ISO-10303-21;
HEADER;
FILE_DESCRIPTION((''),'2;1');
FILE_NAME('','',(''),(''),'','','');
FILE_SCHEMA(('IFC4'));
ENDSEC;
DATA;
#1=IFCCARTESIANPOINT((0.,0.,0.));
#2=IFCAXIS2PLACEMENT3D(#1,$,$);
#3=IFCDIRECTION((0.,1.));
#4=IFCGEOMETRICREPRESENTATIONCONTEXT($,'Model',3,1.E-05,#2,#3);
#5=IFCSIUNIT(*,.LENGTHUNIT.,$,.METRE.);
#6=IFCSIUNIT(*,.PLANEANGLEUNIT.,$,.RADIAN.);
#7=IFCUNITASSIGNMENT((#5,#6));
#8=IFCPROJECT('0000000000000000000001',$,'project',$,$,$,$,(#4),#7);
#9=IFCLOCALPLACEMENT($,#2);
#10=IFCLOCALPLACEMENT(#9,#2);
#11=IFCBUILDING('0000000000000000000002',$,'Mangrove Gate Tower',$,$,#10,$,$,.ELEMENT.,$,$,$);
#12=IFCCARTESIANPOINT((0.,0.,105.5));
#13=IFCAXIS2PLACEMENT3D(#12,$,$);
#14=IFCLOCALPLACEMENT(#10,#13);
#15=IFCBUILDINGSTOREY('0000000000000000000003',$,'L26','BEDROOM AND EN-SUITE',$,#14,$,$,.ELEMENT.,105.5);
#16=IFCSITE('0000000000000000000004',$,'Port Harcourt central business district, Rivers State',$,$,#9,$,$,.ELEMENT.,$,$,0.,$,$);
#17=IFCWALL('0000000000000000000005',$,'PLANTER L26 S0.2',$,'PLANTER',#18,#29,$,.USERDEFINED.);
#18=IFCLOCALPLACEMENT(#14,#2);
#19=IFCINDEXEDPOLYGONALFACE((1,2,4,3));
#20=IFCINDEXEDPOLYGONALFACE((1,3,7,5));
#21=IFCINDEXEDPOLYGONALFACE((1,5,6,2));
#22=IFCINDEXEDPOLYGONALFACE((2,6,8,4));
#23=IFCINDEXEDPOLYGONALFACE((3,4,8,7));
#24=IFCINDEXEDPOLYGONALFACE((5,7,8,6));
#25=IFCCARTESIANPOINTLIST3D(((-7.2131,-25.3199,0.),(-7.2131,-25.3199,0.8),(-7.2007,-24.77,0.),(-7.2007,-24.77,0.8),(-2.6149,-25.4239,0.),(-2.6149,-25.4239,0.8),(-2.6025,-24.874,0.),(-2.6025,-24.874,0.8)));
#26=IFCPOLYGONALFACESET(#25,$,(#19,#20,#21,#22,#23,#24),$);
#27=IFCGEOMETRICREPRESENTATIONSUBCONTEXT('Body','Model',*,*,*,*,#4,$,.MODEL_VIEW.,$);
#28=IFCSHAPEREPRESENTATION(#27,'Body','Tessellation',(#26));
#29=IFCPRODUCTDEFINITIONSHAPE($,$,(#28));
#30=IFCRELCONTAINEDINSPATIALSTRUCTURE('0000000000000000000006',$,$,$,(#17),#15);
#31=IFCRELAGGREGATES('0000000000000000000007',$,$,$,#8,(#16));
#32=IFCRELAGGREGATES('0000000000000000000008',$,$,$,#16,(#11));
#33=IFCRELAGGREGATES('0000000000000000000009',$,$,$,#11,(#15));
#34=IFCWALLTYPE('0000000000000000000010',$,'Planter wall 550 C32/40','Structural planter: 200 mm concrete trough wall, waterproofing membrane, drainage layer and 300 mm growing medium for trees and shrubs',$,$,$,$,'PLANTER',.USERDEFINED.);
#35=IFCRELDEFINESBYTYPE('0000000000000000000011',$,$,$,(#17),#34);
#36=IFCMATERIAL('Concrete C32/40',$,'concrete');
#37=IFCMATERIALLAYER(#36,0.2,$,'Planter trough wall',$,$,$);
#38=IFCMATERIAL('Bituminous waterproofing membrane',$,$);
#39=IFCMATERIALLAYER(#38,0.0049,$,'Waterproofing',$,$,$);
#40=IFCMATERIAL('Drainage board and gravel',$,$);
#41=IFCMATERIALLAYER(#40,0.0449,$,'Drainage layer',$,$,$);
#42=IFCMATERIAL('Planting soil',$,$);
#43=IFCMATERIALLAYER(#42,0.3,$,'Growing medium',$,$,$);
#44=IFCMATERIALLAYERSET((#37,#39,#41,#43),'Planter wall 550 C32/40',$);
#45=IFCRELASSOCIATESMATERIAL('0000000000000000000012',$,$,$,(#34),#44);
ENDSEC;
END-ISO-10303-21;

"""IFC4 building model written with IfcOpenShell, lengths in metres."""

from ifc_helpers import new_model, si_unit, direction, frame, frame_2d, origin, place, context, subcontext, project, spatial, rectangle, extrude, material, layer, layer_set, type_object, element, save


model = new_model("IFC4")

# Units and contexts
model_context = context("Model", 3, precision=1e-05, world=origin(), true_north=direction((0.0, 1.0)))
body_context = subcontext(model_context, "Body", "Model", "MODEL_VIEW")
ifc_project = project(units=[si_unit("LENGTHUNIT", "METRE"), si_unit("PLANEANGLEUNIT", "RADIAN")], contexts=[model_context])

# Site, building, storey
site_placement = place(None, origin())
site = spatial("IfcSite", under=ifc_project, at=site_placement, Name="Port Harcourt central business district, Rivers State", CompositionType="ELEMENT", RefElevation=0.0)
building_placement = place(site_placement, origin())
building = spatial("IfcBuilding", under=site, at=building_placement, Name="Mangrove Gate Tower", CompositionType="ELEMENT")
storey_placement = place(building_placement, frame((0.0, 0.0, 105.5)))
storey = spatial("IfcBuildingStorey", under=building, at=storey_placement, Name="L26", Description="BEDROOM AND EN-SUITE", CompositionType="ELEMENT", Elevation=105.5)

# Wall
ifc_material_1 = material(Name="Concrete C32/40", Category="concrete")
ifc_layer_1 = layer(ifc_material_1, 0.2, Name="Planter trough wall")
ifc_material_2 = material(Name="Bituminous waterproofing membrane")
ifc_layer_2 = layer(ifc_material_2, 0.0049, Name="Waterproofing")
ifc_material_3 = material(Name="Drainage board and gravel")
ifc_layer_3 = layer(ifc_material_3, 0.0449, Name="Drainage layer")
ifc_material_4 = material(Name="Planting soil")
ifc_layer_4 = layer(ifc_material_4, 0.3, Name="Growing medium")
ifc_layer_set_1 = layer_set([ifc_layer_1, ifc_layer_2, ifc_layer_3, ifc_layer_4], Name="Planter wall 550 C32/40")
wall_type_1 = type_object("IfcWallType", Name="Planter wall 550 C32/40", Description="Structural planter: 200 mm concrete trough wall, waterproofing membrane, drainage layer and 300 mm growing medium for trees and shrubs", ElementType="PLANTER", PredefinedType="USERDEFINED", material=ifc_layer_set_1)
wall_1_placement = place(storey_placement, frame((-7.207, -25.0449, 0.0), z_axis=(0.0, 0.0, 1.0), x_axis=(0.999744, -0.022613, 0.0)))
element("IfcWall", 1, at=wall_1_placement, inside=storey, type_object=wall_type_1, Name="PLANTER L26 S0.2", ObjectType="PLANTER", PredefinedType="USERDEFINED", context=body_context, shape_type="SweptSolid", body=[
    extrude(rectangle(XDim=4.5994, YDim=0.55, at=frame_2d((2.2998, 0.0))), origin(), (0.0, 0.0, 1.0), 0.8),
])

save(model, "model.ifc")
